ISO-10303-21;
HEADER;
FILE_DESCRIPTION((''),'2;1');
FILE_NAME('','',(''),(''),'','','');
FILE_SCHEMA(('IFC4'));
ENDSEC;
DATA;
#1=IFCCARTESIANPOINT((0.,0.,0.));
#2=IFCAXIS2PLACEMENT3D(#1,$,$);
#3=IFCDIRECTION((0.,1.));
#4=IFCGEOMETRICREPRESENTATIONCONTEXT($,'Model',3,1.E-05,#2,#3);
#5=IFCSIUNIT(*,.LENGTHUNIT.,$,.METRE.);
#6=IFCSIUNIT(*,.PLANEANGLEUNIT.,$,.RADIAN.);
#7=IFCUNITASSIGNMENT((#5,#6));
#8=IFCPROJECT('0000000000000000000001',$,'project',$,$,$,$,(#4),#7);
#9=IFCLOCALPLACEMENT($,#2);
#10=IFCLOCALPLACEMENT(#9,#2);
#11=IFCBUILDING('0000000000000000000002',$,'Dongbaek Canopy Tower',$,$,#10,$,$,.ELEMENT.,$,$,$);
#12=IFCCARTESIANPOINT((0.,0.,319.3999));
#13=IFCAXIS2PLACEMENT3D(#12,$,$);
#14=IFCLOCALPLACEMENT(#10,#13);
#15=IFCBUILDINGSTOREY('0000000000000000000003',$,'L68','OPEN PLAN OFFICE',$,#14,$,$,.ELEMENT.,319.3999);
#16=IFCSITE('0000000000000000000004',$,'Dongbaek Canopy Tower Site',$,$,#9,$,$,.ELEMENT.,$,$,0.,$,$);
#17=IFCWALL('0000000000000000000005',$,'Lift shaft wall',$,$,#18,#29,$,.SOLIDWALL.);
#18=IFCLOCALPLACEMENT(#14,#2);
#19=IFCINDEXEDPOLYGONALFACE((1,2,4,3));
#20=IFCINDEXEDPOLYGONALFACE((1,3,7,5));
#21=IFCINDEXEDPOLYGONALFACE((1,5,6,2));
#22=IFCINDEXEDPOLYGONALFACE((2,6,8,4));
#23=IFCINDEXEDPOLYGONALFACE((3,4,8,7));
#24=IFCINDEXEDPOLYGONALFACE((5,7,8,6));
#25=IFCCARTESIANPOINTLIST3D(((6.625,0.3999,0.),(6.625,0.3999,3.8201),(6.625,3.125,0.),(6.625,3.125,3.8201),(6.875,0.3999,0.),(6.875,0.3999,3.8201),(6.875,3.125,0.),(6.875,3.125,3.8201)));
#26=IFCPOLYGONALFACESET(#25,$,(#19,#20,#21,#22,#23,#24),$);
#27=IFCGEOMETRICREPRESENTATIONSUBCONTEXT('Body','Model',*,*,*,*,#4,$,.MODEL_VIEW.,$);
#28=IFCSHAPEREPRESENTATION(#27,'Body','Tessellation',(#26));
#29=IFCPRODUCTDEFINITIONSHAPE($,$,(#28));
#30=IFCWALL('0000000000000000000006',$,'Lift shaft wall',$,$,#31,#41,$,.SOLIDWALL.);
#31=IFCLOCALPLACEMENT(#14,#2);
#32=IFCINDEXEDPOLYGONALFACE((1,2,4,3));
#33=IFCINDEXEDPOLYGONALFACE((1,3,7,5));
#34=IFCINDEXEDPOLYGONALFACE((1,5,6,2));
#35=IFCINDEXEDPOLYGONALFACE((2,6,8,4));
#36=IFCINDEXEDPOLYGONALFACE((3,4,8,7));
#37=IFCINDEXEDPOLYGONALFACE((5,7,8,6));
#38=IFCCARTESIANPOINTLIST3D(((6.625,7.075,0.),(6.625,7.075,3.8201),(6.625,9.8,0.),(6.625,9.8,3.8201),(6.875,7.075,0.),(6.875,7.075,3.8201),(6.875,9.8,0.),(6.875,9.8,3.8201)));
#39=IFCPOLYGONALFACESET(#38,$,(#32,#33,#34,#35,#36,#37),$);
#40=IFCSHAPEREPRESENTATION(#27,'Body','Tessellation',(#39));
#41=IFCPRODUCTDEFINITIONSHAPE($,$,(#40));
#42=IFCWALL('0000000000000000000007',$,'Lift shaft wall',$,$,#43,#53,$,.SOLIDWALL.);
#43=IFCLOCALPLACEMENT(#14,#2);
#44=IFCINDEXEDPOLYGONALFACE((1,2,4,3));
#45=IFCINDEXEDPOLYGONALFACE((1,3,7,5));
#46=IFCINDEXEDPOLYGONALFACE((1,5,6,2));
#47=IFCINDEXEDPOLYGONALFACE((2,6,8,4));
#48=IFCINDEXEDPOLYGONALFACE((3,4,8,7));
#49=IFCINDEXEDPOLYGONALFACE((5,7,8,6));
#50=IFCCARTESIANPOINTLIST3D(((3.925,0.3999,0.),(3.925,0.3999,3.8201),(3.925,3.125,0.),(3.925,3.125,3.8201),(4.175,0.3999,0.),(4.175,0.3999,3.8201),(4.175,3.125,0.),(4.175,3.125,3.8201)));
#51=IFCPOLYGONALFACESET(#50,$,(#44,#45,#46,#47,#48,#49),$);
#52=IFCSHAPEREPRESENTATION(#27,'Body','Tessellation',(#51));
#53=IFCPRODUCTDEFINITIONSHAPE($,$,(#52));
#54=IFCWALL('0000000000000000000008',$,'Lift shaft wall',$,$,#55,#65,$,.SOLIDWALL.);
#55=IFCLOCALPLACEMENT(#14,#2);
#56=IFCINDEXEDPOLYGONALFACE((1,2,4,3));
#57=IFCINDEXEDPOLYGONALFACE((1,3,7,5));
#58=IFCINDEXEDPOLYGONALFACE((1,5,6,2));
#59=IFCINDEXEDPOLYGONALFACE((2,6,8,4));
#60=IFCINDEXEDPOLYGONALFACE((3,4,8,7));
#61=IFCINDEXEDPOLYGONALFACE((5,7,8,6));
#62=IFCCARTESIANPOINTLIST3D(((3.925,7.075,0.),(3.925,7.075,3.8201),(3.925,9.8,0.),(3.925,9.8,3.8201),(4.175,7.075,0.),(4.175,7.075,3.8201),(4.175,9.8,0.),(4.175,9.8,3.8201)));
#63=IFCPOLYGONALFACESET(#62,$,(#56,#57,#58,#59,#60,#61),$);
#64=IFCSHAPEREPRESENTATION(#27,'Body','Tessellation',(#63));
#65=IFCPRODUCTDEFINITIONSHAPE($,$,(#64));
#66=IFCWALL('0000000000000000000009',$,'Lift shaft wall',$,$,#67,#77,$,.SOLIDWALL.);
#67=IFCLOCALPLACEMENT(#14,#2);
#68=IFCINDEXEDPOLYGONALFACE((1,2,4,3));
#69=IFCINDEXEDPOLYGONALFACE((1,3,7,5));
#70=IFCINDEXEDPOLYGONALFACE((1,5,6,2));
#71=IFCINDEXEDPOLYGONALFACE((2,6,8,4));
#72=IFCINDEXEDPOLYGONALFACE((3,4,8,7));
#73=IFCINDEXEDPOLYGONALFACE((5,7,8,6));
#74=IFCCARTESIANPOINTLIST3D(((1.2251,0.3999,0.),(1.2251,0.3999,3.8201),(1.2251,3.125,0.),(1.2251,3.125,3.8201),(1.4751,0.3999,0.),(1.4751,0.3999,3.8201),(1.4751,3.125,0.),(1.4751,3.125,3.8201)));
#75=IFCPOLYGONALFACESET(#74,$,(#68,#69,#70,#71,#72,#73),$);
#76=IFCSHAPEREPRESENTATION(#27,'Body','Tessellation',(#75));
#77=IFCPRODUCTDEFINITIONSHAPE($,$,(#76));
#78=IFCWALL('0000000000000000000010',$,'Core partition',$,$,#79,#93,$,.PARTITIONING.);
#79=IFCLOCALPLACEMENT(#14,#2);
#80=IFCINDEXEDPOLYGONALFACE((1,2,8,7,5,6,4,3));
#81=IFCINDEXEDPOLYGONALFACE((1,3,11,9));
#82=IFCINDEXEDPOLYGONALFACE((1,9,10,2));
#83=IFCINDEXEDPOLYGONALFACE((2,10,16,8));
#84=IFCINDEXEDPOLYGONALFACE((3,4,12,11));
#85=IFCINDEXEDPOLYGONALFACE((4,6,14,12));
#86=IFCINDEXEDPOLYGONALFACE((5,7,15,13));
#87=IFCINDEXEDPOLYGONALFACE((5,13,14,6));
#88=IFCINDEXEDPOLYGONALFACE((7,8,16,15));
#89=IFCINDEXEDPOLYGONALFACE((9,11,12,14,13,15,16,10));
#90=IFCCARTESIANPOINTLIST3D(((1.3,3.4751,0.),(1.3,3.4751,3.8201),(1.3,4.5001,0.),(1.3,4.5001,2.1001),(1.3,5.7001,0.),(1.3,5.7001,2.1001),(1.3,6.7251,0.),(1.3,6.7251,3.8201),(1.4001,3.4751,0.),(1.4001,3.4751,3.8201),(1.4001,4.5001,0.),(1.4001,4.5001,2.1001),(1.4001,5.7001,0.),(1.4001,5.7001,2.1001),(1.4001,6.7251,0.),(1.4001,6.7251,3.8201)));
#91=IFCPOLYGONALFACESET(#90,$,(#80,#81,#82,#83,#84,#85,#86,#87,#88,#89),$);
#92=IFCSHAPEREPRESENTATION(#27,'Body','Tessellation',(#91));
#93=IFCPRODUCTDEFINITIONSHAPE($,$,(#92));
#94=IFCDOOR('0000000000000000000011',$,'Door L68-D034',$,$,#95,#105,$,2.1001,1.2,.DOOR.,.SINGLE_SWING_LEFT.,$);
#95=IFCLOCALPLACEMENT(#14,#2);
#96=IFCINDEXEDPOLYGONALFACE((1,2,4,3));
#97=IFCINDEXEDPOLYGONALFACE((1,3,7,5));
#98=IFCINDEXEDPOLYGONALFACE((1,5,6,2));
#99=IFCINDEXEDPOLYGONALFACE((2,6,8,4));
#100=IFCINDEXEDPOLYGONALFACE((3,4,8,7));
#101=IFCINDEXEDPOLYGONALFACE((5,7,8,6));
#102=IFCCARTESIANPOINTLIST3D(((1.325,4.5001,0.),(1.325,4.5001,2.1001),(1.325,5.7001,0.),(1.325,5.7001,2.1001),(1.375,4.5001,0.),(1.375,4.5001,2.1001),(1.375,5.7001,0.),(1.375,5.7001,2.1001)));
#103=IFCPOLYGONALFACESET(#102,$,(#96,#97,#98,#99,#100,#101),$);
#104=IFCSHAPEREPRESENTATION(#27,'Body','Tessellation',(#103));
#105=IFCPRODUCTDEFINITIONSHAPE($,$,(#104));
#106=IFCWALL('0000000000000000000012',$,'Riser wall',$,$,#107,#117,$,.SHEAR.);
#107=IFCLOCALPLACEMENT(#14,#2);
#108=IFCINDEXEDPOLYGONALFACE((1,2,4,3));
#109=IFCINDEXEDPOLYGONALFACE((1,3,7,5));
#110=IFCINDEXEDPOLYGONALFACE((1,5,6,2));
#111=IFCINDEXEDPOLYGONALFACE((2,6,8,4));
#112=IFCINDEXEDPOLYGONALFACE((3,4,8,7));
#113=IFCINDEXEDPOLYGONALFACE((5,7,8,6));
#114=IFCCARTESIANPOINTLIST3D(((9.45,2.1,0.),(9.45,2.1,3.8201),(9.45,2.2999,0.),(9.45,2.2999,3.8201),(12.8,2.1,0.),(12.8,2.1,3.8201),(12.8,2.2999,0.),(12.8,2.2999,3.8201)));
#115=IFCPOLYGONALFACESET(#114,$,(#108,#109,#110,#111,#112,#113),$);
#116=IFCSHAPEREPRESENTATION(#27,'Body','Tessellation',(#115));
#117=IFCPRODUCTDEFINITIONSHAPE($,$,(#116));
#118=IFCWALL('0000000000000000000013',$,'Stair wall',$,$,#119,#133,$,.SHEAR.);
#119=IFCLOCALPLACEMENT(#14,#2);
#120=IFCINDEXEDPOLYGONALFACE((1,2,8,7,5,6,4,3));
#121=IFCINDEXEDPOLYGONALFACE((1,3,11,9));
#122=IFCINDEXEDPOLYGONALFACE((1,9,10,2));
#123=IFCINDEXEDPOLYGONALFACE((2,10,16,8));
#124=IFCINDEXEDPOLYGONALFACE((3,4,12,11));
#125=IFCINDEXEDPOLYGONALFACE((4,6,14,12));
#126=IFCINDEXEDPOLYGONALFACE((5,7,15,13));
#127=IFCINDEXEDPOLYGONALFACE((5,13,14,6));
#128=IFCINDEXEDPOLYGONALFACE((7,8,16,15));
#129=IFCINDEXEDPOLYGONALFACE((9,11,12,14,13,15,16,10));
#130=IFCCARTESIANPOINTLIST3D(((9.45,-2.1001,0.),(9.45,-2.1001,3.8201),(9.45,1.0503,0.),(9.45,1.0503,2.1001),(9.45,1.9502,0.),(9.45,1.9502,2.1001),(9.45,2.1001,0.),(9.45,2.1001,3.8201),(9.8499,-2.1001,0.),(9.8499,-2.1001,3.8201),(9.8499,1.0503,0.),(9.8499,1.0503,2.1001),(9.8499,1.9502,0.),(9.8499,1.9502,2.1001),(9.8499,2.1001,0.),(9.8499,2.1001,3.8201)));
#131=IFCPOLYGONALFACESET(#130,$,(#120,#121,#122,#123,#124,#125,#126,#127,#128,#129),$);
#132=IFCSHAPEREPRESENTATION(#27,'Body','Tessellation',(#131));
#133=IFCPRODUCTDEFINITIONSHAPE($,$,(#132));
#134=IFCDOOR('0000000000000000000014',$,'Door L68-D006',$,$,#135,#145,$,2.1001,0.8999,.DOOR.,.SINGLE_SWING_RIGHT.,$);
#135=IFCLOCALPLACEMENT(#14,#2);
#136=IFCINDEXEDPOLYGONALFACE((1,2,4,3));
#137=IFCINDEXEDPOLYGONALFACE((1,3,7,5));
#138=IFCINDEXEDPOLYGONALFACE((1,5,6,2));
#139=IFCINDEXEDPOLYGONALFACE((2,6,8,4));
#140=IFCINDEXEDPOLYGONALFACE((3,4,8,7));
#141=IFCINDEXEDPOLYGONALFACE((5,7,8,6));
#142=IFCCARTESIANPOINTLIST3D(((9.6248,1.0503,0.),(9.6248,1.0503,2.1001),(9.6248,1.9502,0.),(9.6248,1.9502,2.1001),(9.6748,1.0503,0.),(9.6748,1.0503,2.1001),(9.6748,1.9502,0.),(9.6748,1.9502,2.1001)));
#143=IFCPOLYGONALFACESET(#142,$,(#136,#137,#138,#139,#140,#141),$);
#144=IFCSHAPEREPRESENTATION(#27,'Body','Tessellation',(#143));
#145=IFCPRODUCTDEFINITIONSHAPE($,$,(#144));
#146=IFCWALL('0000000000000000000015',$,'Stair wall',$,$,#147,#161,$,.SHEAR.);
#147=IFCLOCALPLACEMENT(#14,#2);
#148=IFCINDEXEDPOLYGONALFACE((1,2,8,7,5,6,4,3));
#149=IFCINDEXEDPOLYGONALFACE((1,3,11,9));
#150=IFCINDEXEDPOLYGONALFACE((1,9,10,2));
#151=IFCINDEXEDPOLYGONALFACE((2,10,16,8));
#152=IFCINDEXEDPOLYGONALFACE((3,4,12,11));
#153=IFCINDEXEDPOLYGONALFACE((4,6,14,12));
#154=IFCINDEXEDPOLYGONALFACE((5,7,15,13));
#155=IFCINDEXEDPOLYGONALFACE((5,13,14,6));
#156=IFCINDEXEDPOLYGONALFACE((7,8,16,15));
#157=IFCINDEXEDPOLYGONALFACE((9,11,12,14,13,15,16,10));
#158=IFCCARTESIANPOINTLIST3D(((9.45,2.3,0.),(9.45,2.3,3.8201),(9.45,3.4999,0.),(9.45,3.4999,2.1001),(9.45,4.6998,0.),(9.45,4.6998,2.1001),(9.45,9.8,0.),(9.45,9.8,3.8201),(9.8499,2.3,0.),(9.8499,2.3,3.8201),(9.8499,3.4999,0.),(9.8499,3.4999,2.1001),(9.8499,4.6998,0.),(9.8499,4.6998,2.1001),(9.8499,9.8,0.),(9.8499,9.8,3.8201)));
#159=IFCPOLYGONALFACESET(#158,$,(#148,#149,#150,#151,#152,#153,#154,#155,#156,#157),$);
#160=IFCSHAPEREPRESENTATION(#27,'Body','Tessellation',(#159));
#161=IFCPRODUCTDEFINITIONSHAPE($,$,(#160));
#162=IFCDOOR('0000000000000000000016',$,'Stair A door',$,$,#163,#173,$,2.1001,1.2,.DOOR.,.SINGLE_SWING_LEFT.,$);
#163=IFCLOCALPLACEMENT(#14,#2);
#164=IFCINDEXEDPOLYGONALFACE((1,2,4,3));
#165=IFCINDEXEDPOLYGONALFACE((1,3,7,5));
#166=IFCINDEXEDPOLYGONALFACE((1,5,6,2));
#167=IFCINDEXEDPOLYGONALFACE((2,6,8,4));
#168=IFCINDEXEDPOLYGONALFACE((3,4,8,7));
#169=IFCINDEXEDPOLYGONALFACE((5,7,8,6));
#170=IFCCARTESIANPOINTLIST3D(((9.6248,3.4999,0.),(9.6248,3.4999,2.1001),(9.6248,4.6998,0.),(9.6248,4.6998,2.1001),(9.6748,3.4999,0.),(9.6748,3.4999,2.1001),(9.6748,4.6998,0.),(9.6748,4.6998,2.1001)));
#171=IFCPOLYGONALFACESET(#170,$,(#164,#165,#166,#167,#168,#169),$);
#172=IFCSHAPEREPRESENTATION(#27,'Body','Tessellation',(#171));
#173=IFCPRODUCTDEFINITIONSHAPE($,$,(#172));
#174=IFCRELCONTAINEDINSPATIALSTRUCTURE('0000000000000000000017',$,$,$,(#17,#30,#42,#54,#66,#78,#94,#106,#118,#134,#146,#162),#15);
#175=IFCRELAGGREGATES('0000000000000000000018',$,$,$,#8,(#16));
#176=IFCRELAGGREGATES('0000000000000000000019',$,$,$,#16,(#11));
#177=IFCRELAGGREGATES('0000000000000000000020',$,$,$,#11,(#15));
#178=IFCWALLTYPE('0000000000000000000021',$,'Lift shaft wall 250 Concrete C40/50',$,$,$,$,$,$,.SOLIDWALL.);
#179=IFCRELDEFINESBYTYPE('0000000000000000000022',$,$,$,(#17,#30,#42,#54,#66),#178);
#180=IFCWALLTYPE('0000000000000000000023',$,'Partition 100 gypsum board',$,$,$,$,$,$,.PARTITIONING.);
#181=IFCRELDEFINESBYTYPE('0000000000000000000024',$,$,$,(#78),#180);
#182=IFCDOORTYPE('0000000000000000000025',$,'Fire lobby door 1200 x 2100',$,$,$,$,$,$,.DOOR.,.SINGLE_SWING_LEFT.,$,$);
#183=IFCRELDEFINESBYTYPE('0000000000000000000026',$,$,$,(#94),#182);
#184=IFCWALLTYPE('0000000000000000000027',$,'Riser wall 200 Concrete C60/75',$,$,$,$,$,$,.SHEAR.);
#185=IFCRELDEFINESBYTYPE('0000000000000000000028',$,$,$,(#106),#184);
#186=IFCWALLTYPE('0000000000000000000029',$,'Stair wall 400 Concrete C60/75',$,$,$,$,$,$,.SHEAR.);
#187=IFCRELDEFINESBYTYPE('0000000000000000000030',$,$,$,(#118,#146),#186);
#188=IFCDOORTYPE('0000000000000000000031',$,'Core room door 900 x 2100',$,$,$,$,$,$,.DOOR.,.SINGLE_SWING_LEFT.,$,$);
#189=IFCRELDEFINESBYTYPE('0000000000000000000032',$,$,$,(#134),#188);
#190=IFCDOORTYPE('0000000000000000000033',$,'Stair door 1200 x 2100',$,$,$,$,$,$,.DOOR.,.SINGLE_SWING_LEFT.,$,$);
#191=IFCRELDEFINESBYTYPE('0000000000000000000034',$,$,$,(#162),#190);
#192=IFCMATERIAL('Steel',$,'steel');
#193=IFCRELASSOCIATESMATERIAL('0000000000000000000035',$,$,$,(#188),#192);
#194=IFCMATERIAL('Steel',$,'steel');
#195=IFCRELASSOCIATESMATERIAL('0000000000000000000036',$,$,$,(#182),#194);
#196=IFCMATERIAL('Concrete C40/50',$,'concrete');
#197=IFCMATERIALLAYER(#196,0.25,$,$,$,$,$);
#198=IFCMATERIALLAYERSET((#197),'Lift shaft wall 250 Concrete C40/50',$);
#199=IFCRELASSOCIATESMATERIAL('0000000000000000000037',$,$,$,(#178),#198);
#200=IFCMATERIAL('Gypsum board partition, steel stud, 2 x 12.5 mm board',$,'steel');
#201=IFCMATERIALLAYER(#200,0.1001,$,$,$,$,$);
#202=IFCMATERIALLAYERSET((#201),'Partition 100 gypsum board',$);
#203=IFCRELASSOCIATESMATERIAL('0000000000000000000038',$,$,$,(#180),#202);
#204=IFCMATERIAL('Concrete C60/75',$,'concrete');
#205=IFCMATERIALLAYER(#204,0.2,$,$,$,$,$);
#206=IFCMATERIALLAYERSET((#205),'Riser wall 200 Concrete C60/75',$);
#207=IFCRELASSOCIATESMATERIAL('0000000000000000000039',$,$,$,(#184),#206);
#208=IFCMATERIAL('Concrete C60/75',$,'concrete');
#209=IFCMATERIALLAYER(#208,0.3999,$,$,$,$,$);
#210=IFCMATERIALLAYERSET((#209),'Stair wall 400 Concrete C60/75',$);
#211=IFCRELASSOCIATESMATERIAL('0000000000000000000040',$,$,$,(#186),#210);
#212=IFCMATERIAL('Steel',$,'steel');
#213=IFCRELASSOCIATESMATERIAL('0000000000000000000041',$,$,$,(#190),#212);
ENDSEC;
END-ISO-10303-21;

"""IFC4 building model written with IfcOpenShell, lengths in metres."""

from ifc_helpers import new_model, si_unit, direction, frame, frame_2d, origin, place, context, subcontext, project, spatial, rectangle, extrude, material, layer, layer_set, type_object, element, fill, save


model = new_model("IFC4")

# Units and contexts
model_context = context("Model", 3, precision=1e-05, world=origin(), true_north=direction((0.0, 1.0)))
body_context = subcontext(model_context, "Body", "Model", "MODEL_VIEW")
ifc_project = project(units=[si_unit("LENGTHUNIT", "METRE"), si_unit("PLANEANGLEUNIT", "RADIAN")], contexts=[model_context])

# Site, building, storey
site_placement = place(None, origin())
site = spatial("IfcSite", under=ifc_project, at=site_placement, Name="Dongbaek Canopy Tower Site", CompositionType="ELEMENT", RefElevation=0.0)
building_placement = place(site_placement, origin())
building = spatial("IfcBuilding", under=site, at=building_placement, Name="Dongbaek Canopy Tower", CompositionType="ELEMENT")
storey_placement = place(building_placement, frame((0.0, 0.0, 319.3999)))
storey = spatial("IfcBuildingStorey", under=building, at=storey_placement, Name="L68", Description="OPEN PLAN OFFICE", CompositionType="ELEMENT", Elevation=319.3999)

# Shared definitions
ifc_material_1 = material(Name="Steel", Category="steel")
door_type_1 = type_object("IfcDoorType", Name="Core room door 900 x 2100", OperationType="SINGLE_SWING_LEFT", PredefinedType="DOOR", material=ifc_material_1)

# Shared definitions
ifc_material_2 = material(Name="Steel", Category="steel")
door_type_2 = type_object("IfcDoorType", Name="Fire lobby door 1200 x 2100", OperationType="SINGLE_SWING_LEFT", PredefinedType="DOOR", material=ifc_material_2)

# Walls
ifc_material_3 = material(Name="Concrete C40/50", Category="concrete")
ifc_layer_1 = layer(ifc_material_3, 0.25)
ifc_layer_set_1 = layer_set([ifc_layer_1], Name="Lift shaft wall 250 Concrete C40/50")
wall_type_1 = type_object("IfcWallType", Name="Lift shaft wall 250 Concrete C40/50", PredefinedType="SOLIDWALL", material=ifc_layer_set_1)
for number, where, z_axis, x_axis, name in (
    (1, (6.75, 0.3999, 0.0), (0.0, 0.0, 1.0), (0.0, 1.0, 0.0), "Lift shaft wall"),
    (2, (6.75, 7.075, 0.0), (0.0, 0.0, 1.0), (0.0, 1.0, 0.0), "Lift shaft wall"),
    (3, (4.05, 0.3999, 0.0), (0.0, 0.0, 1.0), (0.0, 1.0, 0.0), "Lift shaft wall"),
    (4, (4.05, 7.075, 0.0), (0.0, 0.0, 1.0), (0.0, 1.0, 0.0), "Lift shaft wall"),
    (5, (1.3501, 0.3999, 0.0), (0.0, 0.0, 1.0), (0.0, 1.0, 0.0), "Lift shaft wall"),
):
    element("IfcWall", number, at=place(storey_placement, frame(where, z_axis=z_axis, x_axis=x_axis)), inside=storey, type_object=wall_type_1, Name=name, PredefinedType="SOLIDWALL", context=body_context, shape_type="SweptSolid", body=[
        extrude(rectangle(XDim=2.7251, YDim=0.25, at=frame_2d((1.3625, 0.0))), origin(), (0.0, 0.0, 1.0), 3.8201),
    ])

# Wall, opening, door
ifc_material_4 = material(Name="Gypsum board partition, steel stud, 2 x 12.5 mm board", Category="steel")
ifc_layer_2 = layer(ifc_material_4, 0.1001)
ifc_layer_set_2 = layer_set([ifc_layer_2], Name="Partition 100 gypsum board")
wall_type_2 = type_object("IfcWallType", Name="Partition 100 gypsum board", PredefinedType="PARTITIONING", material=ifc_layer_set_2)
wall_1_placement = place(storey_placement, frame((1.3501, 6.7251, 0.0), z_axis=(0.0, 0.0, 1.0), x_axis=(0.0, -1.0, 0.0)))
wall_1 = element("IfcWall", 6, at=wall_1_placement, inside=storey, type_object=wall_type_2, Name="Core partition", PredefinedType="PARTITIONING", context=body_context, shape_type="SweptSolid", body=[
    extrude(rectangle(XDim=3.25, YDim=0.1001, at=frame_2d((1.625, 0.0))), origin(), (0.0, 0.0, 1.0), 3.8201),
])
opening_1_placement = place(wall_1_placement, frame((1.0249, 0.0, 0.0)))
opening_1 = element("IfcOpeningElement", 7, at=opening_1_placement, cuts=wall_1, PredefinedType="OPENING", context=body_context, shape_type="SweptSolid", body=[
    extrude(rectangle(XDim=1.2, YDim=2.1001, at=frame_2d((0.6001, 1.05))), frame((0.0, 0.0601, 0.0), z_axis=(0.0, -1.0, 0.0), x_axis=(1.0, 0.0, 0.0)), (0.0, 0.0, 1.0), 0.1201),
])
door_1_placement = place(opening_1_placement, origin())
door_1 = element("IfcDoor", 8, at=door_1_placement, inside=storey, type_object=door_type_2, Name="Door L68-D034", OperationType="SINGLE_SWING_LEFT", OverallHeight=2.1001, OverallWidth=1.2, PredefinedType="DOOR", context=body_context, shape_type="SweptSolid", body=[
    extrude(rectangle(XDim=1.2, YDim=2.1001, at=frame_2d((0.6001, 1.05))), frame((0.0, 0.0249, 0.0), z_axis=(0.0, -1.0, 0.0), x_axis=(1.0, 0.0, 0.0)), (0.0, 0.0, 1.0), 0.05),
])
fill(opening_1, door_1)

# Wall
ifc_material_5 = material(Name="Concrete C60/75", Category="concrete")
ifc_layer_3 = layer(ifc_material_5, 0.2)
ifc_layer_set_3 = layer_set([ifc_layer_3], Name="Riser wall 200 Concrete C60/75")
wall_type_3 = type_object("IfcWallType", Name="Riser wall 200 Concrete C60/75", PredefinedType="SHEAR", material=ifc_layer_set_3)
wall_2_placement = place(storey_placement, frame((9.45, 2.2, 0.0), z_axis=(0.0, 0.0, 1.0), x_axis=(1.0, 0.0, 0.0)))
element("IfcWall", 9, at=wall_2_placement, inside=storey, type_object=wall_type_3, Name="Riser wall", PredefinedType="SHEAR", context=body_context, shape_type="SweptSolid", body=[
    extrude(rectangle(XDim=3.3501, YDim=0.2, at=frame_2d((1.675, 0.0))), origin(), (0.0, 0.0, 1.0), 3.8201),
])

# Walls, openings, doors
ifc_material_6 = material(Name="Concrete C60/75", Category="concrete")
ifc_layer_4 = layer(ifc_material_6, 0.3999)
ifc_layer_set_4 = layer_set([ifc_layer_4], Name="Stair wall 400 Concrete C60/75")
wall_type_4 = type_object("IfcWallType", Name="Stair wall 400 Concrete C60/75", PredefinedType="SHEAR", material=ifc_layer_set_4)
wall_3_placement = place(storey_placement, frame((9.6499, 2.1001, 0.0), z_axis=(0.0, 0.0, 1.0), x_axis=(0.0, -1.0, 0.0)))
wall_3 = element("IfcWall", 10, at=wall_3_placement, inside=storey, type_object=wall_type_4, Name="Stair wall", PredefinedType="SHEAR", context=body_context, shape_type="SweptSolid", body=[
    extrude(rectangle(XDim=4.2002, YDim=0.3999, at=frame_2d((2.1001, 0.0))), origin(), (0.0, 0.0, 1.0), 3.8201),
])
opening_2_placement = place(wall_3_placement, frame((0.1499, 0.0, 0.0)))
opening_2 = element("IfcOpeningElement", 11, at=opening_2_placement, cuts=wall_3, PredefinedType="OPENING", context=body_context, shape_type="SweptSolid", body=[
    extrude(rectangle(XDim=0.8999, YDim=2.1001, at=frame_2d((0.45, 1.05))), frame((0.0, 0.21, 0.0), z_axis=(0.0, -1.0, 0.0), x_axis=(1.0, 0.0, 0.0)), (0.0, 0.0, 1.0), 0.4199),
])
door_2_placement = place(opening_2_placement, origin())
door_2 = element("IfcDoor", 12, at=door_2_placement, inside=storey, type_object=door_type_1, Name="Door L68-D006", OperationType="SINGLE_SWING_RIGHT", OverallHeight=2.1001, OverallWidth=0.8999, PredefinedType="DOOR", context=body_context, shape_type="SweptSolid", body=[
    extrude(rectangle(XDim=0.8999, YDim=2.1001, at=frame_2d((0.45, 1.05))), frame((0.0, 0.0249, 0.0), z_axis=(0.0, -1.0, 0.0), x_axis=(1.0, 0.0, 0.0)), (0.0, 0.0, 1.0), 0.05),
])
fill(opening_2, door_2)
wall_4_placement = place(storey_placement, frame((9.6499, 9.8, 0.0), z_axis=(0.0, 0.0, 1.0), x_axis=(0.0, -1.0, 0.0)))
wall_4 = element("IfcWall", 13, at=wall_4_placement, inside=storey, type_object=wall_type_4, Name="Stair wall", PredefinedType="SHEAR", context=body_context, shape_type="SweptSolid", body=[
    extrude(rectangle(XDim=7.5, YDim=0.3999, at=frame_2d((3.75, 0.0))), origin(), (0.0, 0.0, 1.0), 3.8201),
])
opening_3_placement = place(wall_4_placement, frame((5.1001, 0.0, 0.0)))
opening_3 = element("IfcOpeningElement", 14, at=opening_3_placement, cuts=wall_4, PredefinedType="OPENING", context=body_context, shape_type="SweptSolid", body=[
    extrude(rectangle(XDim=1.2, YDim=2.1001, at=frame_2d((0.6001, 1.05))), frame((0.0, 0.21, 0.0), z_axis=(0.0, -1.0, 0.0), x_axis=(1.0, 0.0, 0.0)), (0.0, 0.0, 1.0), 0.4199),
])
ifc_material_7 = material(Name="Steel", Category="steel")
door_type_3 = type_object("IfcDoorType", Name="Stair door 1200 x 2100", OperationType="SINGLE_SWING_LEFT", PredefinedType="DOOR", material=ifc_material_7)
door_3_placement = place(opening_3_placement, origin())
door_3 = element("IfcDoor", 15, at=door_3_placement, inside=storey, type_object=door_type_3, Name="Stair A door", OperationType="SINGLE_SWING_LEFT", OverallHeight=2.1001, OverallWidth=1.2, PredefinedType="DOOR", context=body_context, shape_type="SweptSolid", body=[
    extrude(rectangle(XDim=1.2, YDim=2.1001, at=frame_2d((0.6001, 1.05))), frame((0.0, 0.0249, 0.0), z_axis=(0.0, -1.0, 0.0), x_axis=(1.0, 0.0, 0.0)), (0.0, 0.0, 1.0), 0.05),
])
fill(opening_3, door_3)

save(model, "model.ifc")
